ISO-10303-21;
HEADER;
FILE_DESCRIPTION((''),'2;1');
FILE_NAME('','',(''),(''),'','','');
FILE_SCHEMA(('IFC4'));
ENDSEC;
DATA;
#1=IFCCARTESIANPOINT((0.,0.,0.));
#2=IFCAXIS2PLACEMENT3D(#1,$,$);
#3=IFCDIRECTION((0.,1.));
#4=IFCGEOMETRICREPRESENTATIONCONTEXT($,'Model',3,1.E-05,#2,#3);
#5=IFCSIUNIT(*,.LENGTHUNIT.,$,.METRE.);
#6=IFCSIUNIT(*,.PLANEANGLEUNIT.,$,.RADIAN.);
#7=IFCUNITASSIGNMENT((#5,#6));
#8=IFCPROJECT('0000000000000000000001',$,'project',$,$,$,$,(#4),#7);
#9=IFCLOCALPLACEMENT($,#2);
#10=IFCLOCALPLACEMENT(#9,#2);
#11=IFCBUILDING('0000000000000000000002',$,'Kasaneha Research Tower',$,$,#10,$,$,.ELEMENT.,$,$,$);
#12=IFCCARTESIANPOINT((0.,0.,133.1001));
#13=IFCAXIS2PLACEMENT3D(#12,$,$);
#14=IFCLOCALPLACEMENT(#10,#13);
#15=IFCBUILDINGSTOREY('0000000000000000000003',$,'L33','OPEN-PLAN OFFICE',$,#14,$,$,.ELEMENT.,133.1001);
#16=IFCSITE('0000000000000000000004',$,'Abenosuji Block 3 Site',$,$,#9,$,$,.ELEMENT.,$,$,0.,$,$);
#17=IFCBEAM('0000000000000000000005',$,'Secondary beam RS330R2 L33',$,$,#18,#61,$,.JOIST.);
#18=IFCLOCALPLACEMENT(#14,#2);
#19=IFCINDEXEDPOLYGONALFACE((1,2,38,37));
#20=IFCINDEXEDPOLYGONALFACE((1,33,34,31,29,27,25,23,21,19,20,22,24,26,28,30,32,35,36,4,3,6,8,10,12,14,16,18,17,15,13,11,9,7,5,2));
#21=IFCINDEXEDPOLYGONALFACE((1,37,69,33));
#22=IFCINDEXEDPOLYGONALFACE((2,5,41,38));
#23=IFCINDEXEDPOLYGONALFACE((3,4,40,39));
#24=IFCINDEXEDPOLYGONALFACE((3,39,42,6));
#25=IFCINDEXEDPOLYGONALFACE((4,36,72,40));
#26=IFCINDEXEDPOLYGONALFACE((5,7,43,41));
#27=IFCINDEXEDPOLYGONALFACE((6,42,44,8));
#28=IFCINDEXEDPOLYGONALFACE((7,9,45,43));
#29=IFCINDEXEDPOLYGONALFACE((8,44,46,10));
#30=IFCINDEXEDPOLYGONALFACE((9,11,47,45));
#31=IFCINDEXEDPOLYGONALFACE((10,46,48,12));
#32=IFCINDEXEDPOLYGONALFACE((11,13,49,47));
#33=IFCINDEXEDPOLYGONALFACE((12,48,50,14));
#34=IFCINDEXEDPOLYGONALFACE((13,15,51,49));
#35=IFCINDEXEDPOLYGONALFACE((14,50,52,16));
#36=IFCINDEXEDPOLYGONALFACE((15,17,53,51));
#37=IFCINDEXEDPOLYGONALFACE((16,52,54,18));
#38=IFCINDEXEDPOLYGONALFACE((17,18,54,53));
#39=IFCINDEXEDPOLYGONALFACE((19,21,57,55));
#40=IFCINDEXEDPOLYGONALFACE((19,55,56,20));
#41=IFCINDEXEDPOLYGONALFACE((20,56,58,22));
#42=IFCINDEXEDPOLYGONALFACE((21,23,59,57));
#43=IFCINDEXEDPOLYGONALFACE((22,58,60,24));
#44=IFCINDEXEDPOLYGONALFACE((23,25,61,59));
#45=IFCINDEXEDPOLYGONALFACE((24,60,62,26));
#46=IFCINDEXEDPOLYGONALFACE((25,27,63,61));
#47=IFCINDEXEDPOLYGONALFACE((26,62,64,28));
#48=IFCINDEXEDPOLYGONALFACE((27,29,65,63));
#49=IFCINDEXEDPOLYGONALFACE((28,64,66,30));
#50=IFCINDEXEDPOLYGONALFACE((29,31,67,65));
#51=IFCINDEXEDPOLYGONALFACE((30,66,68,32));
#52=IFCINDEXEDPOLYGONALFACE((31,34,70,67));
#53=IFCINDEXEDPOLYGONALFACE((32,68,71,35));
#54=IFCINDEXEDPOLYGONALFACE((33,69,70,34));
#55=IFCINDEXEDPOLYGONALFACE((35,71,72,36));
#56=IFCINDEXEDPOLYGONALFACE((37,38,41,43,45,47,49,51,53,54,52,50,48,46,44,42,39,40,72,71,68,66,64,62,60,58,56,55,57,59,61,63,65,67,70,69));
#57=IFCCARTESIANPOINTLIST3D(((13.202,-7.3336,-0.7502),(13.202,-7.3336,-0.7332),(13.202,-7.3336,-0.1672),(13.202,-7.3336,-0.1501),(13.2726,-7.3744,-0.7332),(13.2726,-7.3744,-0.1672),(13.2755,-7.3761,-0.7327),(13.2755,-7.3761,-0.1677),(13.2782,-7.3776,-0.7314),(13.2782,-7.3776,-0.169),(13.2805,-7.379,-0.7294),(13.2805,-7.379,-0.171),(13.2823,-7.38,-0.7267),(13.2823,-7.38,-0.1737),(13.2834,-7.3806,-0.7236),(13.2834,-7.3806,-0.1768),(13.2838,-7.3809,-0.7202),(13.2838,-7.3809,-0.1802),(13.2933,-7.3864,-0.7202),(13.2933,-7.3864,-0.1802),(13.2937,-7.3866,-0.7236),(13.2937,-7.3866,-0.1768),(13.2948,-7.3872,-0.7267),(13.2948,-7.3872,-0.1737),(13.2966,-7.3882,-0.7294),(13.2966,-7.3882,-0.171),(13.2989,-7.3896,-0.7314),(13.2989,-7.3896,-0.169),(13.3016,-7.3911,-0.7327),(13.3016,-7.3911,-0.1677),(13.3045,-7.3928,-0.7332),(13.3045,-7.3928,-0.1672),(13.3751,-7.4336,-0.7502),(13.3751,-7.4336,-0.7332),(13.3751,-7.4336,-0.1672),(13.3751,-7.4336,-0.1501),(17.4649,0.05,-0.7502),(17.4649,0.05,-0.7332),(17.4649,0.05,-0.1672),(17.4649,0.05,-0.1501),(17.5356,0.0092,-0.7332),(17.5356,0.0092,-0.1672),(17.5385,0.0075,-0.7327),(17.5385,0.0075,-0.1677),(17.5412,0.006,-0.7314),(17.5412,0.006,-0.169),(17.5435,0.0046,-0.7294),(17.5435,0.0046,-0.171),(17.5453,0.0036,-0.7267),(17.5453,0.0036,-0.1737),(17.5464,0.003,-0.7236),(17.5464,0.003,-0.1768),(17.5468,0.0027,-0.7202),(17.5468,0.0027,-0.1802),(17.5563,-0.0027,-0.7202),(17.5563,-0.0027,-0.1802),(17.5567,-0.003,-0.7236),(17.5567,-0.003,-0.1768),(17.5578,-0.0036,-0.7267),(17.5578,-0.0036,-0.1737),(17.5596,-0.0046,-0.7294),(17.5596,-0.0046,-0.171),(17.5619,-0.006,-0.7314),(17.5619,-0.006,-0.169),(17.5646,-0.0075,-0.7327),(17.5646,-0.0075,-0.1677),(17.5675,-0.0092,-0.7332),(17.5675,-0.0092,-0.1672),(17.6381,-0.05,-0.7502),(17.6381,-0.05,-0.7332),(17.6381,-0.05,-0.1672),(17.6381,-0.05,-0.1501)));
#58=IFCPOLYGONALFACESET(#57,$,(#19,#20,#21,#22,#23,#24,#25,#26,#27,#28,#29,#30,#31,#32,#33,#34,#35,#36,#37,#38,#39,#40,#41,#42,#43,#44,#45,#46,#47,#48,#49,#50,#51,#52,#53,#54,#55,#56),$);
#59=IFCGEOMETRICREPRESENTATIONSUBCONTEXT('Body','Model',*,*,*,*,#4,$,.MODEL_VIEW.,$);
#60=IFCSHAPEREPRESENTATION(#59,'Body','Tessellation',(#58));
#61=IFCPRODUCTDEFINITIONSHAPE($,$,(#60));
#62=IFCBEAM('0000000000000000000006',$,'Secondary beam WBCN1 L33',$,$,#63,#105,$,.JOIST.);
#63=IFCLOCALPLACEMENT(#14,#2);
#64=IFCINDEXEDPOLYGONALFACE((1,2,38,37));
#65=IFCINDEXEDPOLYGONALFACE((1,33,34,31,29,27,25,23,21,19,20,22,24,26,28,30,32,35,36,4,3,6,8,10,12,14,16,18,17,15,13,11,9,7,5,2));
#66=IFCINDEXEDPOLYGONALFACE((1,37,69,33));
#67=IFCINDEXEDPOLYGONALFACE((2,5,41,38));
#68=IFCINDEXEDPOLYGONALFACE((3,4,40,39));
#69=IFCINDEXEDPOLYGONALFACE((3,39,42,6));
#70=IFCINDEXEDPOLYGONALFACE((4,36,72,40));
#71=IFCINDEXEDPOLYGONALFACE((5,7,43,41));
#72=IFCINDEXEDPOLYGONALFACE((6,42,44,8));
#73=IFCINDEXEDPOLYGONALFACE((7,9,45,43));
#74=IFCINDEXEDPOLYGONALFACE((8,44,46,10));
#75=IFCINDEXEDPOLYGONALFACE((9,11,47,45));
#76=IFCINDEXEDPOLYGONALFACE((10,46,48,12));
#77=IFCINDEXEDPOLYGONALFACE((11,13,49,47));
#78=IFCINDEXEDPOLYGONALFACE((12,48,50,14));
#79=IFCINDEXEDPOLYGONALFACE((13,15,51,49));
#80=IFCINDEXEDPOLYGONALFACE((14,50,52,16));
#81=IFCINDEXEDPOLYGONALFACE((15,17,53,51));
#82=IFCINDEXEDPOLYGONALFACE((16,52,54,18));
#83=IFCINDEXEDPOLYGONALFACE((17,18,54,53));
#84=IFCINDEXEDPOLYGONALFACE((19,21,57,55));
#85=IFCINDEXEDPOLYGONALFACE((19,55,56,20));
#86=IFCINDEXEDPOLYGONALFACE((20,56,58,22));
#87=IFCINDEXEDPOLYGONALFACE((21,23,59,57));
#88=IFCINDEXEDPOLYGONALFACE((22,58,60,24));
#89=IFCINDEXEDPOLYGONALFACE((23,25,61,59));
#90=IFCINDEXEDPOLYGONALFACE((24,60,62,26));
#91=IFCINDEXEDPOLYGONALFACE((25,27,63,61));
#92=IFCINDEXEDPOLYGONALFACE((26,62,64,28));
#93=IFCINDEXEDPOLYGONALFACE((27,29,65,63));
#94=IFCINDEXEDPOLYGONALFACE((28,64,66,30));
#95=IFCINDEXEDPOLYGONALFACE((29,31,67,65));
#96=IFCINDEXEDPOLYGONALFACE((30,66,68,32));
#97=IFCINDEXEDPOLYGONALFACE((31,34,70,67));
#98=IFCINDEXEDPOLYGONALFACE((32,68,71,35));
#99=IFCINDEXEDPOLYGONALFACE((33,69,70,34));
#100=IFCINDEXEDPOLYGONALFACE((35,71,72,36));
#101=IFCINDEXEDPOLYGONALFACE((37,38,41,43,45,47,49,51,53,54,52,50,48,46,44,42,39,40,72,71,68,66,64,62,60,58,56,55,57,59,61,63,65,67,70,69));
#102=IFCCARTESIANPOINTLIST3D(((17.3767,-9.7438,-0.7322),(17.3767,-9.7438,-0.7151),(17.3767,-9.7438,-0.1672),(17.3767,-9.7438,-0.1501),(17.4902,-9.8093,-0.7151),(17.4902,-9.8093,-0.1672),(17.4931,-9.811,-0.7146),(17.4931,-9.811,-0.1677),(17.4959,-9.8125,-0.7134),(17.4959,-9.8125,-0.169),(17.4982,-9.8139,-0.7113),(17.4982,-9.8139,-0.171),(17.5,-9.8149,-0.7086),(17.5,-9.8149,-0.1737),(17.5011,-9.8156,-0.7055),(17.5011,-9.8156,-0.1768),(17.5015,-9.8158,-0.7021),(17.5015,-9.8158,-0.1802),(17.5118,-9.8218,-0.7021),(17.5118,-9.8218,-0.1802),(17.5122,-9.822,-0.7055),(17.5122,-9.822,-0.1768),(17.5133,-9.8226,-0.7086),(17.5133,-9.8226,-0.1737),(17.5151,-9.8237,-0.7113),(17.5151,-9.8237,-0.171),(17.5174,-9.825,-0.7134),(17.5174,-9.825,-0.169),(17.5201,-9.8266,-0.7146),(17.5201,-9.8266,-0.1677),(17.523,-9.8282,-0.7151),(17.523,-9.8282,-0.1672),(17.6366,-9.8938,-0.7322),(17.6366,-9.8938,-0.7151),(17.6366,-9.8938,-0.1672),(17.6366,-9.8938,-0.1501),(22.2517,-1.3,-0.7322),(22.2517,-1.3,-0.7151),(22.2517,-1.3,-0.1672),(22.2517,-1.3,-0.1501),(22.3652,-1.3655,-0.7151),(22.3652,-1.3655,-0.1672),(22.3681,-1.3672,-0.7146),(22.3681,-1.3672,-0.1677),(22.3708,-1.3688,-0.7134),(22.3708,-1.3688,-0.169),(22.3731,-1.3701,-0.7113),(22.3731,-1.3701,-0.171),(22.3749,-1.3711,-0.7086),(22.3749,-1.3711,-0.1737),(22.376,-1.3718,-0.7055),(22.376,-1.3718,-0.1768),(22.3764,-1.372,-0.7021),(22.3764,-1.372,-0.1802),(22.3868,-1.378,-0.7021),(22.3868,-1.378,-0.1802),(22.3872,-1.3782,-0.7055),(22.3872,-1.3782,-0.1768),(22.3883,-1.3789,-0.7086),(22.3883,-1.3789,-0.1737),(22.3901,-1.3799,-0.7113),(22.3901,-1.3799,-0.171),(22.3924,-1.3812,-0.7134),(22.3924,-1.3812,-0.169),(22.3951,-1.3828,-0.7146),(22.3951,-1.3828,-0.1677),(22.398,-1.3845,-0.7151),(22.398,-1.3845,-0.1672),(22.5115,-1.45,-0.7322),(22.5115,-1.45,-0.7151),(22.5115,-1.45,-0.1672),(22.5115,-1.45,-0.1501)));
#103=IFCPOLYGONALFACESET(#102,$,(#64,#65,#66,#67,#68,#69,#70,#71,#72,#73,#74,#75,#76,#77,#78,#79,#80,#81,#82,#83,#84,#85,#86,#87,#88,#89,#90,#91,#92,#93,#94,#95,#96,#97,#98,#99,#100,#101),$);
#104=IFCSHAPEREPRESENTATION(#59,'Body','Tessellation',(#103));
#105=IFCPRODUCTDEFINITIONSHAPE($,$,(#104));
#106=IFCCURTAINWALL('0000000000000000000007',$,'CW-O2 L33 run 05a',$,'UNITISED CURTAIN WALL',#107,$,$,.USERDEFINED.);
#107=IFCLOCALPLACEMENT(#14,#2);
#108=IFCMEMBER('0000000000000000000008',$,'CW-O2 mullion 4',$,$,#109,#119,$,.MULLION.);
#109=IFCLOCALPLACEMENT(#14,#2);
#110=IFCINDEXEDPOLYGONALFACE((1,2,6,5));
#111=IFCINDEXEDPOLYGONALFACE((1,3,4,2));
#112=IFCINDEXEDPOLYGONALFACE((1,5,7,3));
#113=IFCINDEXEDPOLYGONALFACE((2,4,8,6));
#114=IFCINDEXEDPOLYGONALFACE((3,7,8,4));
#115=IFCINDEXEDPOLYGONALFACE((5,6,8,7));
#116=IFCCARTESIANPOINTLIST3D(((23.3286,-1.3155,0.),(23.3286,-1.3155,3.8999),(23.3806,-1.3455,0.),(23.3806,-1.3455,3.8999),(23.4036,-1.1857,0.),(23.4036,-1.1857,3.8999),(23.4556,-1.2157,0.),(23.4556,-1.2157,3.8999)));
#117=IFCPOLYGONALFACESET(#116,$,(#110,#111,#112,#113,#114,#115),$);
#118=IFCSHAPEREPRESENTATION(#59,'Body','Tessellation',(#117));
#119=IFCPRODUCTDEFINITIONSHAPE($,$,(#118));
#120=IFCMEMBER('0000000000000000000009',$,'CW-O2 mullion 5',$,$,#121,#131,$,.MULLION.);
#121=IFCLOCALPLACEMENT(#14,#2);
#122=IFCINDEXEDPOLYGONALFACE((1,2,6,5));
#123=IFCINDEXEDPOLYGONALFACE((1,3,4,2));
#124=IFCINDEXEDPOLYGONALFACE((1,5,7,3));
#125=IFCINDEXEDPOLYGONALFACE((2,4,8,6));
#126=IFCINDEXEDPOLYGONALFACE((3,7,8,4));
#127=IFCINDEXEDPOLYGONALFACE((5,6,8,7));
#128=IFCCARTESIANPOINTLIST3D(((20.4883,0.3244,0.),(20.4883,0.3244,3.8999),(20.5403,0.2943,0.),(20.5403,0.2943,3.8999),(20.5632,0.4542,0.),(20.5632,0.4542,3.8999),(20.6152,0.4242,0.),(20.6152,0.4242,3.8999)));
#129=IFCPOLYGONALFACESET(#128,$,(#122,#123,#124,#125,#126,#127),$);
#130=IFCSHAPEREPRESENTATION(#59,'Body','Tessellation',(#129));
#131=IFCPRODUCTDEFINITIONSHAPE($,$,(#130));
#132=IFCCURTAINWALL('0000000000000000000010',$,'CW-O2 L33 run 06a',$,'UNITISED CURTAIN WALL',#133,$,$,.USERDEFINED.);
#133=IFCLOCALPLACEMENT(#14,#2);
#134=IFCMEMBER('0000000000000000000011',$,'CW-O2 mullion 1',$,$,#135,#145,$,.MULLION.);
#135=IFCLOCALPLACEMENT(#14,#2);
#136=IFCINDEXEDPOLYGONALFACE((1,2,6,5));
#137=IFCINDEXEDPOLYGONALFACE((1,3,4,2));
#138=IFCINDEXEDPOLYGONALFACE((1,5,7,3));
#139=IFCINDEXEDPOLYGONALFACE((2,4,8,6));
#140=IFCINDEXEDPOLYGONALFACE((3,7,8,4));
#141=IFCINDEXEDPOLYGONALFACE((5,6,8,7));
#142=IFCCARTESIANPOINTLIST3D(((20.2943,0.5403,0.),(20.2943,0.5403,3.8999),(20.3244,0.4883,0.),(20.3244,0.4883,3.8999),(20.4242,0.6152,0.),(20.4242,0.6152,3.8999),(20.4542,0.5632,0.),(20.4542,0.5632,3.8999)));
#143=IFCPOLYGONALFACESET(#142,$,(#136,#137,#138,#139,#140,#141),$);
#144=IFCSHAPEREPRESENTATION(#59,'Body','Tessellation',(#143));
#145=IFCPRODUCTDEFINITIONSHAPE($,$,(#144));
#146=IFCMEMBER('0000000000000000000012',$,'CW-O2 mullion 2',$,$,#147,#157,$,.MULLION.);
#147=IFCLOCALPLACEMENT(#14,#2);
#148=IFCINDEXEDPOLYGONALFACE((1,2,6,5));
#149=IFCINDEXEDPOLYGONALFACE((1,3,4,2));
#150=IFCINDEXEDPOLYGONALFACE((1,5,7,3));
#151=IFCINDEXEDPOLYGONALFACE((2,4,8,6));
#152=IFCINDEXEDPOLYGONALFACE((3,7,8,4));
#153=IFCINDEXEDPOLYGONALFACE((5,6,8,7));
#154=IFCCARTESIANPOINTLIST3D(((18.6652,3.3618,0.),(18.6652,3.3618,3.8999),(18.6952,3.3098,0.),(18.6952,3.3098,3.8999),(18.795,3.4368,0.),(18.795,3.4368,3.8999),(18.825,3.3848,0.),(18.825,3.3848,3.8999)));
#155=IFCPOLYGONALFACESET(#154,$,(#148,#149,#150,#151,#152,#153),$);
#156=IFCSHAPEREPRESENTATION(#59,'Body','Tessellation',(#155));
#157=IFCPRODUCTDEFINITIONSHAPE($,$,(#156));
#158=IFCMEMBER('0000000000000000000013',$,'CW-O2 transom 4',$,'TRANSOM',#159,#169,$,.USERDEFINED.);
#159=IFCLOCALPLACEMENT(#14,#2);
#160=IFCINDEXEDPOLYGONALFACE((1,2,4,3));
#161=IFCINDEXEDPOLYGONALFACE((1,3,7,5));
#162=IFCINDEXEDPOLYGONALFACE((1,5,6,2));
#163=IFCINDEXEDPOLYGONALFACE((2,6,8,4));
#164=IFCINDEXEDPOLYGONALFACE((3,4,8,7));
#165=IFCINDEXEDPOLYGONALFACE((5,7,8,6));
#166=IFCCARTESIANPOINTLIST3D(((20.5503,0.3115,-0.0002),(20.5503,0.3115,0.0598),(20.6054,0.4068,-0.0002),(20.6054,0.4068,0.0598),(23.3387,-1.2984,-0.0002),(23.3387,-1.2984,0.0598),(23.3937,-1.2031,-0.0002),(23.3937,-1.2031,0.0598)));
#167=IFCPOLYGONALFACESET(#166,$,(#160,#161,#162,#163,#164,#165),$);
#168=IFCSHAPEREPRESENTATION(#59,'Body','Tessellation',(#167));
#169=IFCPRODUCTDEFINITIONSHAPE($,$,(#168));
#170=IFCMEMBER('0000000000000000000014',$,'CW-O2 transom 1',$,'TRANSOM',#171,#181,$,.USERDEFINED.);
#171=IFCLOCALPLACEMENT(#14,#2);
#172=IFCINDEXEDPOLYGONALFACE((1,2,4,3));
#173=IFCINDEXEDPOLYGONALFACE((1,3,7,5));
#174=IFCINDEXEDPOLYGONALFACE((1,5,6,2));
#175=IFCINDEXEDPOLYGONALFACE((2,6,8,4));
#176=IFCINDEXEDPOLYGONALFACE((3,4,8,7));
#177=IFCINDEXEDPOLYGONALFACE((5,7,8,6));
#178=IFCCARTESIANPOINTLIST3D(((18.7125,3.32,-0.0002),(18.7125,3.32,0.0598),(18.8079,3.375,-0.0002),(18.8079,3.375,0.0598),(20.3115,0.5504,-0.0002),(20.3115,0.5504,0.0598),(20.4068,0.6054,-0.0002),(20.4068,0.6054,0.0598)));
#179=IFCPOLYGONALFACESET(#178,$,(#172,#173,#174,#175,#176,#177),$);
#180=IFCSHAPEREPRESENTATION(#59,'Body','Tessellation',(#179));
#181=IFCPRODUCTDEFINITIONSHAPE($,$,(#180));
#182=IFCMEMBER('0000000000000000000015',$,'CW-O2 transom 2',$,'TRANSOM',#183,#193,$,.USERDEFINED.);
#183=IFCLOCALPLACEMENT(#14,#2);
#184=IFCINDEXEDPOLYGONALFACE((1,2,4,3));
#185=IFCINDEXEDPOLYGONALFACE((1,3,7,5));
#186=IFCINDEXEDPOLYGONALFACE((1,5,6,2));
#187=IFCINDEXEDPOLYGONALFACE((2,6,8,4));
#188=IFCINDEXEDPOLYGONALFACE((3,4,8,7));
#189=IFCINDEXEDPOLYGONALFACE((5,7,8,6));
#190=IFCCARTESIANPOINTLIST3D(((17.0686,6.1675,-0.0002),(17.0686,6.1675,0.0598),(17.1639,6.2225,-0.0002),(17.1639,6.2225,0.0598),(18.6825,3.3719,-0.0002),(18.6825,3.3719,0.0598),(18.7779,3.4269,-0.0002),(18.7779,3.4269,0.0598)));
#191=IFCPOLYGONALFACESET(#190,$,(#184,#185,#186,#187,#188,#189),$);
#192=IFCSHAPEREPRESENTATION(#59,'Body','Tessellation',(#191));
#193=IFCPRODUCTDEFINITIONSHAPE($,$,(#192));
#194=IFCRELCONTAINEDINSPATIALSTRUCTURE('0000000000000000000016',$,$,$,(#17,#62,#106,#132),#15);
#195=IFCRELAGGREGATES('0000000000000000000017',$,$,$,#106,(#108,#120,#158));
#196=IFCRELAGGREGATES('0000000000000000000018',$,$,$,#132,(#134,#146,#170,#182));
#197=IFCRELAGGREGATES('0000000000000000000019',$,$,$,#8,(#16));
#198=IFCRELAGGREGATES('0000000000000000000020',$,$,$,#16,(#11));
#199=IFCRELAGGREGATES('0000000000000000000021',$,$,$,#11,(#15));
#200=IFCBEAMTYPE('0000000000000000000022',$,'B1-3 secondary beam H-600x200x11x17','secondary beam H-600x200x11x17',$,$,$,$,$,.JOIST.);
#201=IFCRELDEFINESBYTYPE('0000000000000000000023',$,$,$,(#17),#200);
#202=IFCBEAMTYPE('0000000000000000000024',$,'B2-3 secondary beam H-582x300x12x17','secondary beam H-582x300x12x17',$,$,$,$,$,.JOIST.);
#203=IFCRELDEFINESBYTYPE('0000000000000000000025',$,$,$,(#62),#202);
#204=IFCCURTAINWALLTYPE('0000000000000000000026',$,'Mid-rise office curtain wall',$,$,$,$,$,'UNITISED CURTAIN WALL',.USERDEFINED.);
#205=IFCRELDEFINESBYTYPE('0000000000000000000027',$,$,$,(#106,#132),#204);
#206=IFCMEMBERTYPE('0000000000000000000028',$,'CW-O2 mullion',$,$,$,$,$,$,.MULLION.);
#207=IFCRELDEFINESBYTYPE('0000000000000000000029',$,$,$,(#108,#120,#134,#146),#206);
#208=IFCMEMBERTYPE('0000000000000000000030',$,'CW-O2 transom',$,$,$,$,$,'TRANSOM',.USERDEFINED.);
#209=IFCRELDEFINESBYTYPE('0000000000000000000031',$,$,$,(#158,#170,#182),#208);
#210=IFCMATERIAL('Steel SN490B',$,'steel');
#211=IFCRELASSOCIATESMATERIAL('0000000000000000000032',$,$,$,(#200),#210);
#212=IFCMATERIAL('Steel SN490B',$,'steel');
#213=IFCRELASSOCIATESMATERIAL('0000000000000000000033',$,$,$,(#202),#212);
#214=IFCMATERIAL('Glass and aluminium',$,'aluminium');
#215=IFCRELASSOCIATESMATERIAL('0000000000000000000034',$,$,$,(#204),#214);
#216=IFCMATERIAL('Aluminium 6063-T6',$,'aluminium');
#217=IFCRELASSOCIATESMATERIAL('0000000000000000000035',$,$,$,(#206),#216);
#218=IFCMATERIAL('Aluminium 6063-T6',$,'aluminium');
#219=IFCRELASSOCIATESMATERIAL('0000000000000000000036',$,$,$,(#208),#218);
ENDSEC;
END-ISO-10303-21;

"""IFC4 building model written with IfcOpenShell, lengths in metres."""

from ifc_helpers import new_model, si_unit, direction, frame, origin, origin_2d, place, context, subcontext, project, spatial, rectangle, i_section, extrude, material, material_profile, profile_set, type_object, element, aggregate, save


model = new_model("IFC4")

# Units and contexts
model_context = context("Model", 3, precision=1e-05, world=origin(), true_north=direction((0.0, 1.0)))
body_context = subcontext(model_context, "Body", "Model", "MODEL_VIEW")
ifc_project = project(units=[si_unit("LENGTHUNIT", "METRE"), si_unit("PLANEANGLEUNIT", "RADIAN")], contexts=[model_context])

# Site, building, storey
site_placement = place(None, origin())
site = spatial("IfcSite", under=ifc_project, at=site_placement, Name="Abenosuji Block 3 Site", CompositionType="ELEMENT", RefElevation=0.0)
building_placement = place(site_placement, origin())
building = spatial("IfcBuilding", under=site, at=building_placement, Name="Kasaneha Research Tower", CompositionType="ELEMENT")
storey_placement = place(building_placement, frame((0.0, 0.0, 133.1001)))
storey = spatial("IfcBuildingStorey", under=building, at=storey_placement, Name="L33", Description="OPEN-PLAN OFFICE", CompositionType="ELEMENT", Elevation=133.1001)

# Beams
ifc_material_1 = material(Name="Steel SN490B", Category="steel")
ifc_material_profile_1 = material_profile(ifc_material_1, i_section(OverallWidth=0.2, OverallDepth=0.6001, WebThickness=0.011, FlangeThickness=0.0171, FilletRadius=0.0129, at=origin_2d()), Name="H-600x200x11x17")
ifc_profile_set_1 = profile_set([ifc_material_profile_1], Name="Steel SN490B")
beam_type_1 = type_object("IfcBeamType", Name="B1-3 secondary beam H-600x200x11x17", Description="secondary beam H-600x200x11x17", PredefinedType="JOIST", material=ifc_profile_set_1)
beam_1_placement = place(storey_placement, frame((17.5515, 0.0, -0.4502), z_axis=(-0.500004, -0.866023, 0.0), x_axis=(0.866023, -0.500004, 0.0)))
element("IfcBeam", 1, at=beam_1_placement, inside=storey, type_object=beam_type_1, Name="Secondary beam RS330R2 L33", PredefinedType="JOIST", context=body_context, shape_type="SweptSolid", body=[
    extrude(i_section(OverallWidth=0.2, OverallDepth=0.6001, WebThickness=0.011, FlangeThickness=0.0171, FilletRadius=0.0129, at=origin_2d()), origin(), (0.0, 0.0, 1.0), 8.5259),
])
ifc_material_2 = material(Name="Steel SN490B", Category="steel")
ifc_material_profile_2 = material_profile(ifc_material_2, i_section(OverallWidth=0.3, OverallDepth=0.582, WebThickness=0.012, FlangeThickness=0.0171, FilletRadius=0.0129, at=origin_2d()), Name="H-582x300x12x17")
ifc_profile_set_2 = profile_set([ifc_material_profile_2], Name="Steel SN490B")
beam_type_2 = type_object("IfcBeamType", Name="B2-3 secondary beam H-582x300x12x17", Description="secondary beam H-582x300x12x17", PredefinedType="JOIST", material=ifc_profile_set_2)
beam_2_placement = place(storey_placement, frame((22.3816, -1.375, -0.4412), z_axis=(-0.499996, -0.866028, 0.0), x_axis=(0.866028, -0.499996, 0.0)))
element("IfcBeam", 2, at=beam_2_placement, inside=storey, type_object=beam_type_2, Name="Secondary beam WBCN1 L33", PredefinedType="JOIST", context=body_context, shape_type="SweptSolid", body=[
    extrude(i_section(OverallWidth=0.3, OverallDepth=0.582, WebThickness=0.012, FlangeThickness=0.0171, FilletRadius=0.0129, at=origin_2d()), origin(), (0.0, 0.0, 1.0), 9.75),
])

# Curtain walls, members
ifc_material_3 = material(Name="Glass and aluminium", Category="aluminium")
curtain_wall_type = type_object("IfcCurtainWallType", Name="Mid-rise office curtain wall", ElementType="UNITISED CURTAIN WALL", PredefinedType="USERDEFINED", material=ifc_material_3)
curtain_wall_1_placement = place(storey_placement, origin())
curtain_wall_1 = element("IfcCurtainWall", 3, at=curtain_wall_1_placement, inside=storey, type_object=curtain_wall_type, Name="CW-O2 L33 run 05a", ObjectType="UNITISED CURTAIN WALL", PredefinedType="USERDEFINED")
ifc_material_4 = material(Name="Aluminium 6063-T6", Category="aluminium")
ifc_material_profile_3 = material_profile(ifc_material_4, rectangle(XDim=0.0601, YDim=0.1499, at=origin_2d()), Name="CW-O2 mullion 60x150")
ifc_profile_set_3 = profile_set([ifc_material_profile_3], Name="Aluminium 6063-T6")
member_type_1 = type_object("IfcMemberType", Name="CW-O2 mullion", PredefinedType="MULLION", material=ifc_profile_set_3)
member_1_placement = place(storey_placement, frame((23.3921, -1.2656, 0.0), z_axis=(0.0, 0.0, 1.0), x_axis=(-0.866025, 0.5, 0.0)))
member_1 = element("IfcMember", 4, at=member_1_placement, type_object=member_type_1, Name="CW-O2 mullion 4", PredefinedType="MULLION", context=body_context, shape_type="SweptSolid", body=[
    extrude(rectangle(XDim=0.0601, YDim=0.1499, at=origin_2d()), origin(), (0.0, 0.0, 1.0), 3.8999),
])
member_2_placement = place(storey_placement, frame((20.5518, 0.3743, 0.0), z_axis=(0.0, 0.0, 1.0), x_axis=(-0.866025, 0.5, 0.0)))
member_2 = element("IfcMember", 5, at=member_2_placement, type_object=member_type_1, Name="CW-O2 mullion 5", PredefinedType="MULLION", context=body_context, shape_type="SweptSolid", body=[
    extrude(rectangle(XDim=0.0601, YDim=0.1499, at=origin_2d()), origin(), (0.0, 0.0, 1.0), 3.8999),
])
curtain_wall_2_placement = place(storey_placement, origin())
curtain_wall_2 = element("IfcCurtainWall", 6, at=curtain_wall_2_placement, inside=storey, type_object=curtain_wall_type, Name="CW-O2 L33 run 06a", ObjectType="UNITISED CURTAIN WALL", PredefinedType="USERDEFINED")
member_3_placement = place(storey_placement, frame((20.3743, 0.5518, 0.0), z_axis=(0.0, 0.0, 1.0), x_axis=(-0.5, 0.866025, 0.0)))
member_3 = element("IfcMember", 7, at=member_3_placement, type_object=member_type_1, Name="CW-O2 mullion 1", PredefinedType="MULLION", context=body_context, shape_type="SweptSolid", body=[
    extrude(rectangle(XDim=0.0601, YDim=0.1499, at=origin_2d()), origin(), (0.0, 0.0, 1.0), 3.8999),
])
member_4_placement = place(storey_placement, frame((18.7451, 3.3733, 0.0), z_axis=(0.0, 0.0, 1.0), x_axis=(-0.5, 0.866025, 0.0)))
member_4 = element("IfcMember", 8, at=member_4_placement, type_object=member_type_1, Name="CW-O2 mullion 2", PredefinedType="MULLION", context=body_context, shape_type="SweptSolid", body=[
    extrude(rectangle(XDim=0.0601, YDim=0.1499, at=origin_2d()), origin(), (0.0, 0.0, 1.0), 3.8999),
])

# Members
ifc_material_5 = material(Name="Aluminium 6063-T6", Category="aluminium")
ifc_material_profile_4 = material_profile(ifc_material_5, rectangle(XDim=0.1101, YDim=0.0601, at=origin_2d()), Name="CW-O2 transom 110x60")
ifc_profile_set_4 = profile_set([ifc_material_profile_4], Name="Aluminium 6063-T6")
member_type_2 = type_object("IfcMemberType", Name="CW-O2 transom", ElementType="TRANSOM", PredefinedType="USERDEFINED", material=ifc_profile_set_4)
member_5_placement = place(storey_placement, frame((23.3662, -1.2507, 0.0298), z_axis=(-0.866023, 0.500005, 0.0), x_axis=(-0.500005, -0.866023, 0.0)))
member_5 = element("IfcMember", 9, at=member_5_placement, type_object=member_type_2, Name="CW-O2 transom 4", ObjectType="TRANSOM", PredefinedType="USERDEFINED", context=body_context, shape_type="SweptSolid", body=[
    extrude(rectangle(XDim=0.1101, YDim=0.0601, at=origin_2d()), origin(), (0.0, 0.0, 1.0), 3.2197),
])
member_6_placement = place(storey_placement, frame((20.3591, 0.5779, 0.0298), z_axis=(-0.499974, 0.866041, 0.0), x_axis=(-0.866041, -0.499974, 0.0)))
member_6 = element("IfcMember", 10, at=member_6_placement, type_object=member_type_2, Name="CW-O2 transom 1", ObjectType="TRANSOM", PredefinedType="USERDEFINED", context=body_context, shape_type="SweptSolid", body=[
    extrude(rectangle(XDim=0.1101, YDim=0.0601, at=origin_2d()), origin(), (0.0, 0.0, 1.0), 3.198),
])
member_7_placement = place(storey_placement, frame((18.7302, 3.3994, 0.0298), z_axis=(-0.499987, 0.866033, 0.0), x_axis=(-0.866033, -0.499987, 0.0)))
member_7 = element("IfcMember", 11, at=member_7_placement, type_object=member_type_2, Name="CW-O2 transom 2", ObjectType="TRANSOM", PredefinedType="USERDEFINED", context=body_context, shape_type="SweptSolid", body=[
    extrude(rectangle(XDim=0.1101, YDim=0.0601, at=origin_2d()), origin(), (0.0, 0.0, 1.0), 3.228),
])

aggregate(curtain_wall_1, [member_1, member_2, member_5])
aggregate(curtain_wall_2, [member_3, member_4, member_6, member_7])

save(model, "model.ifc")
